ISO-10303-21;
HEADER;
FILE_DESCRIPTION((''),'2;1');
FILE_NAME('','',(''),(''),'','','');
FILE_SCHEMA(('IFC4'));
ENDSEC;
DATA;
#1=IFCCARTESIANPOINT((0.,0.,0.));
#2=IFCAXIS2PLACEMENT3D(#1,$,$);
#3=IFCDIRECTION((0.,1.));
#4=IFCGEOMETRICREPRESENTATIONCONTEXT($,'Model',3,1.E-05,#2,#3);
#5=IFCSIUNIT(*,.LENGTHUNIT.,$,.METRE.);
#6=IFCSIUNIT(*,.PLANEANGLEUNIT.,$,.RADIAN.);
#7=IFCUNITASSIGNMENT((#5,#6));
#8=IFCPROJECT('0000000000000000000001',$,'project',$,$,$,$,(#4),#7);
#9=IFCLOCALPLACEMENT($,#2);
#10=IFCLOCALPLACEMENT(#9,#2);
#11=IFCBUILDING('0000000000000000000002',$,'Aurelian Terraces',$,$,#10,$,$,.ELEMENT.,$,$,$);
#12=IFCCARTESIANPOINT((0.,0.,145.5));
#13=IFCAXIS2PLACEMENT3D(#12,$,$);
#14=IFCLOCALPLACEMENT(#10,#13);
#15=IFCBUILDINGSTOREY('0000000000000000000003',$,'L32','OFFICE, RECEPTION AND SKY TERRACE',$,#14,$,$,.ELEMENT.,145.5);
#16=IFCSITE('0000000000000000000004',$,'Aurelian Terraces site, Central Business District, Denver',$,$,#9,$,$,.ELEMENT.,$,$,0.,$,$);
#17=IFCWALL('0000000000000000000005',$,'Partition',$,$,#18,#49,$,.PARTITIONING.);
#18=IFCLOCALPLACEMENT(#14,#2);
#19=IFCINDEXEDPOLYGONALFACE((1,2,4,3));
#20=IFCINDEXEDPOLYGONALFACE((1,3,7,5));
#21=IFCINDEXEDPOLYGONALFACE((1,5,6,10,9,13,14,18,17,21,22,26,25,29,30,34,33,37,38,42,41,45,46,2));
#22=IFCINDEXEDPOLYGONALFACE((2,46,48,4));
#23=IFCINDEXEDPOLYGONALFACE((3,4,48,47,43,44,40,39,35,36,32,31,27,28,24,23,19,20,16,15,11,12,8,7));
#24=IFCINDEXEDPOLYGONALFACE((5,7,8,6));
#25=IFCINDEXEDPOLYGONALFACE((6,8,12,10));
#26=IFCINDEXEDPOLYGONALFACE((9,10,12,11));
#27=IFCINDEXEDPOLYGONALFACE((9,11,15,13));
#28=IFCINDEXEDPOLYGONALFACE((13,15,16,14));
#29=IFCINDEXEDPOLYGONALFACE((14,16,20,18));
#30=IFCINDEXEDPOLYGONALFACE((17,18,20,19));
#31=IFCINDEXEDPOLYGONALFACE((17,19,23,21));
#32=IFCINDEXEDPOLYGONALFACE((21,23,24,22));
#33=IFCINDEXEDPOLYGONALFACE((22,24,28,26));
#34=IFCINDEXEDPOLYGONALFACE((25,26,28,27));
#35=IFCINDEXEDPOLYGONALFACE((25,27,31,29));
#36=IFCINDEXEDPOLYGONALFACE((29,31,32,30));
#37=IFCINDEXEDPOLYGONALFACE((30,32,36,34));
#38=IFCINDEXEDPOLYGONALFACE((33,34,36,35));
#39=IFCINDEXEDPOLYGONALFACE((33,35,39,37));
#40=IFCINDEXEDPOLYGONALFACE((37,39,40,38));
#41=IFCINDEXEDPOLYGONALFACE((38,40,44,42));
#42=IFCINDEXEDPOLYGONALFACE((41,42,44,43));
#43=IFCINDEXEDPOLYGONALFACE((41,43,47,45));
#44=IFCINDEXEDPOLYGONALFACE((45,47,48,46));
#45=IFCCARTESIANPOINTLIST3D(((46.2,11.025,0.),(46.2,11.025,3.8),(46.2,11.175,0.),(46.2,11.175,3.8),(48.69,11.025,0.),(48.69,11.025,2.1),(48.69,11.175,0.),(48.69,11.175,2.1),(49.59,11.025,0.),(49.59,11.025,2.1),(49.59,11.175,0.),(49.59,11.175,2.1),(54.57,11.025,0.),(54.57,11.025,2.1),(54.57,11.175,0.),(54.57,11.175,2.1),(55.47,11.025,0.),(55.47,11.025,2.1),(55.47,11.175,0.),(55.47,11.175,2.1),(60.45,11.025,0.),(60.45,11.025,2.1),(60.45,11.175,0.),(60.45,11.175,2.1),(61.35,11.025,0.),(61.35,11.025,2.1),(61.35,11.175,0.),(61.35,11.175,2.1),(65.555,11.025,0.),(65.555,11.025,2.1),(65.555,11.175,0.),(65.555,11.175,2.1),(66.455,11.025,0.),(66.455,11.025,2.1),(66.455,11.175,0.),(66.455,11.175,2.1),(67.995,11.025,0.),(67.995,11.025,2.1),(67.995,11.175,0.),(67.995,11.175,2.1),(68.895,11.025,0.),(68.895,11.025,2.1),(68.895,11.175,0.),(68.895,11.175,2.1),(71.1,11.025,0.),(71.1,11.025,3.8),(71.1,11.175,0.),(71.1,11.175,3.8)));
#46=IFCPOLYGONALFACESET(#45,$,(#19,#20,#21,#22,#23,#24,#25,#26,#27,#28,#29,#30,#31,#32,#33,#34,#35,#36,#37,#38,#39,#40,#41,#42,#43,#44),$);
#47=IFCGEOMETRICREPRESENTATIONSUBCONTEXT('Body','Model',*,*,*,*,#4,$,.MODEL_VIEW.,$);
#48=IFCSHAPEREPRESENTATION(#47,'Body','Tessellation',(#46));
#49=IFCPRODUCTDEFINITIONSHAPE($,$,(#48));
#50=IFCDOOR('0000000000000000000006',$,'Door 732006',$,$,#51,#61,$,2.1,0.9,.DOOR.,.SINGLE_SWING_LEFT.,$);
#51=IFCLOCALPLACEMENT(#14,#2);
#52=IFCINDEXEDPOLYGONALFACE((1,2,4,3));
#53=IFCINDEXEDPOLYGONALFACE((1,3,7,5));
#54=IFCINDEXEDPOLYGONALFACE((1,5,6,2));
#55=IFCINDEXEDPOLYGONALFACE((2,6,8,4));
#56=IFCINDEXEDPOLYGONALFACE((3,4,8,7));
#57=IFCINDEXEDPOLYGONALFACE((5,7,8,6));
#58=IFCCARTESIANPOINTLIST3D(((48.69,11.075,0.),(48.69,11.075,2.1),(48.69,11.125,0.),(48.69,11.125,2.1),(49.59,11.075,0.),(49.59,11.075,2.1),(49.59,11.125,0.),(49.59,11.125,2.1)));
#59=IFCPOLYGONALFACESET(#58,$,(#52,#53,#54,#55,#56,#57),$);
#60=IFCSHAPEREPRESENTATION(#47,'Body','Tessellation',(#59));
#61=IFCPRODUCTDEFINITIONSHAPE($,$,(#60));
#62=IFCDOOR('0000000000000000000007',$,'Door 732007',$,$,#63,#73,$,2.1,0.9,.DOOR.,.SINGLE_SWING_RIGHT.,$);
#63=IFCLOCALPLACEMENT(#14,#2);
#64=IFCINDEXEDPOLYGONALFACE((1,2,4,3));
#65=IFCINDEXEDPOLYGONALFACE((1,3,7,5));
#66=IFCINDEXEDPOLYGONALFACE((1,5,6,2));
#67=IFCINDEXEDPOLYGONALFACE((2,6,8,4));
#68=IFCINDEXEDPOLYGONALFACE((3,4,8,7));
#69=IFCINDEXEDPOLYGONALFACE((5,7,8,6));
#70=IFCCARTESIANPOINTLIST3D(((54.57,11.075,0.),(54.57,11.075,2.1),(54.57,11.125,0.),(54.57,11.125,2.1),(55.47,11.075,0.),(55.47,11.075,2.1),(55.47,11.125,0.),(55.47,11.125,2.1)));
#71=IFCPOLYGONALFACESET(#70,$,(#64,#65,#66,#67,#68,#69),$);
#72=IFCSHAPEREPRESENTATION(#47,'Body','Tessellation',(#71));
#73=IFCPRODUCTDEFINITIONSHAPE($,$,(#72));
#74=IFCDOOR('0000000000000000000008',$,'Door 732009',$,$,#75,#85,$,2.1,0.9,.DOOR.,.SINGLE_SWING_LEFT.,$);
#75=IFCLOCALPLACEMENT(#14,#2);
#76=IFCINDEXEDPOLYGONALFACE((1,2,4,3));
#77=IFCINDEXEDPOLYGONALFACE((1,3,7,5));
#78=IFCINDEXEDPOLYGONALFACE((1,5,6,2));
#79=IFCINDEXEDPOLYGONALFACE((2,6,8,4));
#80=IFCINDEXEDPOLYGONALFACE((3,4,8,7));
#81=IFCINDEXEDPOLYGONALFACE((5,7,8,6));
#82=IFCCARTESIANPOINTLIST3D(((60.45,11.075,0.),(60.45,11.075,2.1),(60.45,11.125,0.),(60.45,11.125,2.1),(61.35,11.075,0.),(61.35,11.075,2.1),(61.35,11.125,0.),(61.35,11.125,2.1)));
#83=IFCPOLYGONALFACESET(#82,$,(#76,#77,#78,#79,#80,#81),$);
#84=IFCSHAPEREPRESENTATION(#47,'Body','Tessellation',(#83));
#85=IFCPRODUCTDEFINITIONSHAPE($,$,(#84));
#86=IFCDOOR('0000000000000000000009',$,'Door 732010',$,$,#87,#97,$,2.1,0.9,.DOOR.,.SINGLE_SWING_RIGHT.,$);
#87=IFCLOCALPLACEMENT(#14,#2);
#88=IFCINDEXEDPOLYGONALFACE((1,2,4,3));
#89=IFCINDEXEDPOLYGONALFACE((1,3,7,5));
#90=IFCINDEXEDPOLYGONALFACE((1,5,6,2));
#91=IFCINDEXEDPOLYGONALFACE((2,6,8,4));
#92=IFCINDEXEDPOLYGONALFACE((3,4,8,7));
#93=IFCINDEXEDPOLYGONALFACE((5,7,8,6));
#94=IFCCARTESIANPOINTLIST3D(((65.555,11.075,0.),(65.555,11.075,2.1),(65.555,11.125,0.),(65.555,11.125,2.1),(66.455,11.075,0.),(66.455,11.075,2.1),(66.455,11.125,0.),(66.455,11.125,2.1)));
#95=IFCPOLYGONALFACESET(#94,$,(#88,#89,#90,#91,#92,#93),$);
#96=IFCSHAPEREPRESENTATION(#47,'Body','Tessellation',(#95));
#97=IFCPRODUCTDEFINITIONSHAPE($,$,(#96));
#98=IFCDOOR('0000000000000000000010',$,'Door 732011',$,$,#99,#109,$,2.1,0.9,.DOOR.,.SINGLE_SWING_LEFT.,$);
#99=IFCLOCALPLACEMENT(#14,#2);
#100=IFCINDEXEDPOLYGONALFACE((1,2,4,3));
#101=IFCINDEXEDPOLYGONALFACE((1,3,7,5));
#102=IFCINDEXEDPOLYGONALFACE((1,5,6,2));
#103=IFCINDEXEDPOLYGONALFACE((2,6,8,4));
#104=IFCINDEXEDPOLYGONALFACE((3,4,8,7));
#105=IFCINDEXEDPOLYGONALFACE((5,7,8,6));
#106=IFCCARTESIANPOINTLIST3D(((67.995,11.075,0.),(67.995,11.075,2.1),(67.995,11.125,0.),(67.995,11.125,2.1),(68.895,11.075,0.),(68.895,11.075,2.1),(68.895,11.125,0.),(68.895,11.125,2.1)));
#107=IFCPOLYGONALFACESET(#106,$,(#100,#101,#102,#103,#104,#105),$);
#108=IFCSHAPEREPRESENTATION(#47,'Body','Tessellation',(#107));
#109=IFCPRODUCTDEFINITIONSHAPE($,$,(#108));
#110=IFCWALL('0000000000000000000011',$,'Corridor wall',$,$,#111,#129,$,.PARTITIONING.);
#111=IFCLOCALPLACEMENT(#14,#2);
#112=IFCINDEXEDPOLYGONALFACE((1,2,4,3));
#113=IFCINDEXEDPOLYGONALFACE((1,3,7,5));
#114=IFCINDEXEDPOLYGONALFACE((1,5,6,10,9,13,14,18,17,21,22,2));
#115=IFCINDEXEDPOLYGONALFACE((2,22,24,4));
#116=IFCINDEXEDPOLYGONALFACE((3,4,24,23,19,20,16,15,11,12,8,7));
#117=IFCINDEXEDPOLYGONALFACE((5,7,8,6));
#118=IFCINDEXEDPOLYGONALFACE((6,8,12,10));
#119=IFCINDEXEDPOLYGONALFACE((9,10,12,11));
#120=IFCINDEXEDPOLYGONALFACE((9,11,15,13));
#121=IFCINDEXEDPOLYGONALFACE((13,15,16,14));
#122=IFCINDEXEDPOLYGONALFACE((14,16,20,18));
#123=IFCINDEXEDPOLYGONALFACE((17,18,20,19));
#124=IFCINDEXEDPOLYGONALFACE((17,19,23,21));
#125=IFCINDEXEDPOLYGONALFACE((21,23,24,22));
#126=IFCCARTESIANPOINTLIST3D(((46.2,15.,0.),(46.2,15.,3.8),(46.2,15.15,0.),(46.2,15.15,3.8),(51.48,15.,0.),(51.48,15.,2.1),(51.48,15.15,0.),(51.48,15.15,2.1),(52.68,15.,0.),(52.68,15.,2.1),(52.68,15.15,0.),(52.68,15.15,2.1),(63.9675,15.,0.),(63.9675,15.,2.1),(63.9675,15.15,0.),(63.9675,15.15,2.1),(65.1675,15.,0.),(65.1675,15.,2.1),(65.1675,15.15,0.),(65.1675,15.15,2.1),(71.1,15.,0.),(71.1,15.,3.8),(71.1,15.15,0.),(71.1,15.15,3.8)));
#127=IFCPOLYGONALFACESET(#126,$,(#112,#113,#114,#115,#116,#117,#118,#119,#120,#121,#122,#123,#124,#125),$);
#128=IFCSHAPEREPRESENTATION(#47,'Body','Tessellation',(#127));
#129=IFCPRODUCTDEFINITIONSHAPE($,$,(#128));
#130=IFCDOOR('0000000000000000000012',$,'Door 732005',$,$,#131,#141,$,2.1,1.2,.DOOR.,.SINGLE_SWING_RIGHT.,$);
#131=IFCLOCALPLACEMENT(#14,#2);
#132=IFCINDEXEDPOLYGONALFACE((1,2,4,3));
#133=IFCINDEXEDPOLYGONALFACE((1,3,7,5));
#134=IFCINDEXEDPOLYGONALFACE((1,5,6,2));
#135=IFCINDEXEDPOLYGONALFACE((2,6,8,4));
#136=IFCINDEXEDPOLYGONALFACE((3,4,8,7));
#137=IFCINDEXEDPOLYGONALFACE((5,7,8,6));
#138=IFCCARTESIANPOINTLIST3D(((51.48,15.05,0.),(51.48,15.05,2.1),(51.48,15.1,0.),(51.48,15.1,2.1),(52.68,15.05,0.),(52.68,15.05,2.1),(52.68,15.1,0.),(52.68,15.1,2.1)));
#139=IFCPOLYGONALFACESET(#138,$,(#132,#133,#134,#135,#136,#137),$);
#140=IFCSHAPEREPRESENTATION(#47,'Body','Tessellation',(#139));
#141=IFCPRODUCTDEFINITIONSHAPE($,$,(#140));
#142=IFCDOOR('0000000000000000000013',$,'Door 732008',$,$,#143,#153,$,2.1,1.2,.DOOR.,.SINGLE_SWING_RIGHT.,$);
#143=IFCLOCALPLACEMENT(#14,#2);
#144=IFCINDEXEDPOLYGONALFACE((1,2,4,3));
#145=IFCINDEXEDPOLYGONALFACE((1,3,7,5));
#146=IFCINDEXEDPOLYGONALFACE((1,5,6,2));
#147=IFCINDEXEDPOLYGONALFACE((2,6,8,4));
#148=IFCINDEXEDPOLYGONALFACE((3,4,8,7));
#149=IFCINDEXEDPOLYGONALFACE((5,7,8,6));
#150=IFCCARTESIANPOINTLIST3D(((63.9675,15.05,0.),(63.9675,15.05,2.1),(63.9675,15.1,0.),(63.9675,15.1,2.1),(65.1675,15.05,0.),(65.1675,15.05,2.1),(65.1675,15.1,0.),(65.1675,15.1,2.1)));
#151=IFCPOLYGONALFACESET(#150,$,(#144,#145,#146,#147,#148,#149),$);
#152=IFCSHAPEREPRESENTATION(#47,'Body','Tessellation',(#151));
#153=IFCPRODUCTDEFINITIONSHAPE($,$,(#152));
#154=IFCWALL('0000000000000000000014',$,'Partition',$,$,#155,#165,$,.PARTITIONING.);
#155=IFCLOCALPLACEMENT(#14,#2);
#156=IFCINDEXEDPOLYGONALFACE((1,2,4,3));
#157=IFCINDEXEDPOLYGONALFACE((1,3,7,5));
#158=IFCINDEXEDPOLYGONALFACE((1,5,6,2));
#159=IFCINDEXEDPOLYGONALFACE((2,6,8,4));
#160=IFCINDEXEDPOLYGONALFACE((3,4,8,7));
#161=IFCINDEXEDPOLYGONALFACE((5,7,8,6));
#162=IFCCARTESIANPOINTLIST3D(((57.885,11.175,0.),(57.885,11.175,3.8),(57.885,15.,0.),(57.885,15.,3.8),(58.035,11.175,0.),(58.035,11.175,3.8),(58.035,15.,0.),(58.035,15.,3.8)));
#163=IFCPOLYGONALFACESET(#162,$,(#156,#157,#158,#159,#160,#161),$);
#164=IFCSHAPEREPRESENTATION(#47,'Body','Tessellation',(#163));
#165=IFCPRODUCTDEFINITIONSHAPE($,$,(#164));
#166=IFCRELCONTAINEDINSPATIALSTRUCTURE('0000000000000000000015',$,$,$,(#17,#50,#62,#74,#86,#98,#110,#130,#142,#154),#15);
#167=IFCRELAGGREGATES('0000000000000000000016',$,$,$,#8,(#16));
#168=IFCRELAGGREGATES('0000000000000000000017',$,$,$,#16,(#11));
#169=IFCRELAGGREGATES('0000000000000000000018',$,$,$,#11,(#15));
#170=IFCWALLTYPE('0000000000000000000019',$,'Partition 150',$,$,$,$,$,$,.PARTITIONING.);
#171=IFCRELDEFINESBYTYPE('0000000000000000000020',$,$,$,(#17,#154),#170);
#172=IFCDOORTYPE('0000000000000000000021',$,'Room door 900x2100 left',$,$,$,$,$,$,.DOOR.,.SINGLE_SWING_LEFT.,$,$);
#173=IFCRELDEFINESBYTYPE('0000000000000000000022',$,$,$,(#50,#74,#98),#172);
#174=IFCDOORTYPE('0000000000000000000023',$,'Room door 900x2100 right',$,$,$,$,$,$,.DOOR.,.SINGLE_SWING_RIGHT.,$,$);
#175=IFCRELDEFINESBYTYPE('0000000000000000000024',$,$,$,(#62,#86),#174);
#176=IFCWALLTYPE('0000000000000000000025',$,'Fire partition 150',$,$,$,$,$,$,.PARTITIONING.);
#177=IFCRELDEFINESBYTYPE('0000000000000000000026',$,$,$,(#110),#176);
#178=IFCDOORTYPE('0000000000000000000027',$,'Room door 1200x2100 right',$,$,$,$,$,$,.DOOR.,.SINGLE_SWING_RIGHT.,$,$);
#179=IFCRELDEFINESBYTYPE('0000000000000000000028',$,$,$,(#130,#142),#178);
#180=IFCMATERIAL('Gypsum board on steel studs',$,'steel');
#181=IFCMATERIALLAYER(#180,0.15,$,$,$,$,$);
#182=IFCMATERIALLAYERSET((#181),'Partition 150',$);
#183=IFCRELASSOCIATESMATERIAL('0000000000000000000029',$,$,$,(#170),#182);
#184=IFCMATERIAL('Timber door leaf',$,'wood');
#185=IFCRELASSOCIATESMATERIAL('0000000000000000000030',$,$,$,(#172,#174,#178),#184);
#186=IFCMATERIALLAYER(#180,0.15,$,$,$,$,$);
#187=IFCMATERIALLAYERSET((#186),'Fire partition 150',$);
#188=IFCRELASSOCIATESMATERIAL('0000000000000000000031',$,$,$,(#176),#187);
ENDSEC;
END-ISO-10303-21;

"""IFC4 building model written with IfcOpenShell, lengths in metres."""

from ifc_helpers import new_model, si_unit, direction, frame, frame_2d, origin, place, context, subcontext, project, spatial, rectangle, extrude, source, transform, mapped, material, layer, layer_set, type_object, element, fill, save


model = new_model("IFC4")

# Units and contexts
model_context = context("Model", 3, precision=1e-05, world=origin(), true_north=direction((0.0, 1.0)))
body_context = subcontext(model_context, "Body", "Model", "MODEL_VIEW")
ifc_project = project(units=[si_unit("LENGTHUNIT", "METRE"), si_unit("PLANEANGLEUNIT", "RADIAN")], contexts=[model_context])

# Site, building, storey
site_placement = place(None, origin())
site = spatial("IfcSite", under=ifc_project, at=site_placement, Name="Aurelian Terraces site, Central Business District, Denver", CompositionType="ELEMENT", RefElevation=0.0)
building_placement = place(site_placement, origin())
building = spatial("IfcBuilding", under=site, at=building_placement, Name="Aurelian Terraces", CompositionType="ELEMENT")
storey_placement = place(building_placement, frame((0.0, 0.0, 145.5)))
storey = spatial("IfcBuildingStorey", under=building, at=storey_placement, Name="L32", Description="OFFICE, RECEPTION AND SKY TERRACE", CompositionType="ELEMENT", Elevation=145.5)

# Walls, openings, doors
ifc_material_1 = material(Name="Gypsum board on steel studs", Category="steel")
ifc_layer_1 = layer(ifc_material_1, 0.15)
ifc_layer_set_1 = layer_set([ifc_layer_1], Name="Partition 150")
wall_type_1 = type_object("IfcWallType", Name="Partition 150", PredefinedType="PARTITIONING", material=ifc_layer_set_1)
shared_shape_1 = source(origin(), body_context, "Body", "SweptSolid", [
    extrude(rectangle(XDim=24.9, YDim=0.15, at=frame_2d((12.45, 0.0))), origin(), (0.0, 0.0, 1.0), 3.8),
])
wall_1_placement = place(storey_placement, frame((71.1, 11.1, 0.0), z_axis=(0.0, 0.0, 1.0), x_axis=(-1.0, 0.0, 0.0)))
wall_1 = element("IfcWall", 1, at=wall_1_placement, inside=storey, type_object=wall_type_1, Name="Partition", PredefinedType="PARTITIONING", context=body_context, shape_type="MappedRepresentation", body=[
    mapped(shared_shape_1, transform((0.0, 0.0, 0.0), scale=1.0)),
])
shared_shape_2 = source(origin(), body_context, "Body", "SweptSolid", [
    extrude(rectangle(XDim=0.9, YDim=2.1, at=frame_2d((0.45, 1.05))), frame((0.0, 0.085, 0.0), z_axis=(0.0, -1.0, 0.0), x_axis=(1.0, 0.0, 0.0)), (0.0, 0.0, 1.0), 0.17),
])
opening_1_placement = place(wall_1_placement, frame((21.51, 0.0, 0.0)))
opening_1 = element("IfcOpeningElement", 2, at=opening_1_placement, cuts=wall_1, PredefinedType="OPENING", context=body_context, shape_type="MappedRepresentation", body=[
    mapped(shared_shape_2, transform((0.0, 0.0, 0.0), scale=1.0)),
])
opening_2_placement = place(wall_1_placement, frame((15.63, 0.0, 0.0)))
opening_2 = element("IfcOpeningElement", 3, at=opening_2_placement, cuts=wall_1, PredefinedType="OPENING", context=body_context, shape_type="MappedRepresentation", body=[
    mapped(shared_shape_2, transform((0.0, 0.0, 0.0), scale=1.0)),
])
opening_3_placement = place(wall_1_placement, frame((9.75, 0.0, 0.0)))
opening_3 = element("IfcOpeningElement", 4, at=opening_3_placement, cuts=wall_1, PredefinedType="OPENING", context=body_context, shape_type="MappedRepresentation", body=[
    mapped(shared_shape_2, transform((0.0, 0.0, 0.0), scale=1.0)),
])
opening_4_placement = place(wall_1_placement, frame((4.645, 0.0, 0.0)))
opening_4 = element("IfcOpeningElement", 5, at=opening_4_placement, cuts=wall_1, PredefinedType="OPENING", context=body_context, shape_type="MappedRepresentation", body=[
    mapped(shared_shape_2, transform((0.0, 0.0, 0.0), scale=1.0)),
])
opening_5_placement = place(wall_1_placement, frame((2.205, 0.0, 0.0)))
opening_5 = element("IfcOpeningElement", 6, at=opening_5_placement, cuts=wall_1, PredefinedType="OPENING", context=body_context, shape_type="MappedRepresentation", body=[
    mapped(shared_shape_2, transform((0.0, 0.0, 0.0), scale=1.0)),
])
ifc_material_2 = material(Name="Timber door leaf", Category="wood")
door_type_1 = type_object("IfcDoorType", Name="Room door 900x2100 left", OperationType="SINGLE_SWING_LEFT", PredefinedType="DOOR", material=ifc_material_2)
shared_shape_3 = source(origin(), body_context, "Body", "SweptSolid", [
    extrude(rectangle(XDim=0.9, YDim=2.1, at=frame_2d((0.45, 1.05))), frame((0.0, 0.025, 0.0), z_axis=(0.0, -1.0, 0.0), x_axis=(1.0, 0.0, 0.0)), (0.0, 0.0, 1.0), 0.05),
])
door_1_placement = place(opening_1_placement, origin())
door_1 = element("IfcDoor", 7, at=door_1_placement, inside=storey, type_object=door_type_1, Name="Door 732006", OperationType="SINGLE_SWING_LEFT", OverallHeight=2.1, OverallWidth=0.9, PredefinedType="DOOR", context=body_context, shape_type="MappedRepresentation", body=[
    mapped(shared_shape_3, transform((0.0, 0.0, 0.0), scale=1.0)),
])
fill(opening_1, door_1)
door_type_2 = type_object("IfcDoorType", Name="Room door 900x2100 right", OperationType="SINGLE_SWING_RIGHT", PredefinedType="DOOR", material=ifc_material_2)
door_2_placement = place(opening_2_placement, origin())
door_2 = element("IfcDoor", 8, at=door_2_placement, inside=storey, type_object=door_type_2, Name="Door 732007", OperationType="SINGLE_SWING_RIGHT", OverallHeight=2.1, OverallWidth=0.9, PredefinedType="DOOR", context=body_context, shape_type="MappedRepresentation", body=[
    mapped(shared_shape_3, transform((0.0, 0.0, 0.0), scale=1.0)),
])
fill(opening_2, door_2)
door_3_placement = place(opening_3_placement, origin())
door_3 = element("IfcDoor", 9, at=door_3_placement, inside=storey, type_object=door_type_1, Name="Door 732009", OperationType="SINGLE_SWING_LEFT", OverallHeight=2.1, OverallWidth=0.9, PredefinedType="DOOR", context=body_context, shape_type="MappedRepresentation", body=[
    mapped(shared_shape_3, transform((0.0, 0.0, 0.0), scale=1.0)),
])
fill(opening_3, door_3)
door_4_placement = place(opening_4_placement, origin())
door_4 = element("IfcDoor", 10, at=door_4_placement, inside=storey, type_object=door_type_2, Name="Door 732010", OperationType="SINGLE_SWING_RIGHT", OverallHeight=2.1, OverallWidth=0.9, PredefinedType="DOOR", context=body_context, shape_type="MappedRepresentation", body=[
    mapped(shared_shape_3, transform((0.0, 0.0, 0.0), scale=1.0)),
])
fill(opening_4, door_4)
door_5_placement = place(opening_5_placement, origin())
door_5 = element("IfcDoor", 11, at=door_5_placement, inside=storey, type_object=door_type_1, Name="Door 732011", OperationType="SINGLE_SWING_LEFT", OverallHeight=2.1, OverallWidth=0.9, PredefinedType="DOOR", context=body_context, shape_type="MappedRepresentation", body=[
    mapped(shared_shape_3, transform((0.0, 0.0, 0.0), scale=1.0)),
])
fill(opening_5, door_5)
ifc_layer_2 = layer(ifc_material_1, 0.15)
ifc_layer_set_2 = layer_set([ifc_layer_2], Name="Fire partition 150")
wall_type_2 = type_object("IfcWallType", Name="Fire partition 150", PredefinedType="PARTITIONING", material=ifc_layer_set_2)
wall_2_placement = place(storey_placement, frame((71.1, 15.075, 0.0), z_axis=(0.0, 0.0, 1.0), x_axis=(-1.0, 0.0, 0.0)))
wall_2 = element("IfcWall", 12, at=wall_2_placement, inside=storey, type_object=wall_type_2, Name="Corridor wall", PredefinedType="PARTITIONING", context=body_context, shape_type="MappedRepresentation", body=[
    mapped(shared_shape_1, transform((0.0, 0.0, 0.0), scale=1.0)),
])
shared_shape_4 = source(origin(), body_context, "Body", "SweptSolid", [
    extrude(rectangle(XDim=1.2, YDim=2.1, at=frame_2d((0.6, 1.05))), frame((0.0, 0.085, 0.0), z_axis=(0.0, -1.0, 0.0), x_axis=(1.0, 0.0, 0.0)), (0.0, 0.0, 1.0), 0.17),
])
opening_6_placement = place(wall_2_placement, frame((18.42, 0.0, 0.0)))
opening_6 = element("IfcOpeningElement", 13, at=opening_6_placement, cuts=wall_2, PredefinedType="OPENING", context=body_context, shape_type="MappedRepresentation", body=[
    mapped(shared_shape_4, transform((0.0, 0.0, 0.0), scale=1.0)),
])
opening_7_placement = place(wall_2_placement, frame((5.9325, 0.0, 0.0)))
opening_7 = element("IfcOpeningElement", 14, at=opening_7_placement, cuts=wall_2, PredefinedType="OPENING", context=body_context, shape_type="MappedRepresentation", body=[
    mapped(shared_shape_4, transform((0.0, 0.0, 0.0), scale=1.0)),
])
door_type_3 = type_object("IfcDoorType", Name="Room door 1200x2100 right", OperationType="SINGLE_SWING_RIGHT", PredefinedType="DOOR", material=ifc_material_2)
shared_shape_5 = source(origin(), body_context, "Body", "SweptSolid", [
    extrude(rectangle(XDim=1.2, YDim=2.1, at=frame_2d((0.6, 1.05))), frame((0.0, 0.025, 0.0), z_axis=(0.0, -1.0, 0.0), x_axis=(1.0, 0.0, 0.0)), (0.0, 0.0, 1.0), 0.05),
])
door_6_placement = place(opening_6_placement, origin())
door_6 = element("IfcDoor", 15, at=door_6_placement, inside=storey, type_object=door_type_3, Name="Door 732005", OperationType="SINGLE_SWING_RIGHT", OverallHeight=2.1, OverallWidth=1.2, PredefinedType="DOOR", context=body_context, shape_type="MappedRepresentation", body=[
    mapped(shared_shape_5, transform((0.0, 0.0, 0.0), scale=1.0)),
])
fill(opening_6, door_6)
door_7_placement = place(opening_7_placement, origin())
door_7 = element("IfcDoor", 16, at=door_7_placement, inside=storey, type_object=door_type_3, Name="Door 732008", OperationType="SINGLE_SWING_RIGHT", OverallHeight=2.1, OverallWidth=1.2, PredefinedType="DOOR", context=body_context, shape_type="MappedRepresentation", body=[
    mapped(shared_shape_5, transform((0.0, 0.0, 0.0), scale=1.0)),
])
fill(opening_7, door_7)

# Wall
shared_shape_6 = source(origin(), body_context, "Body", "SweptSolid", [
    extrude(rectangle(XDim=3.825, YDim=0.15, at=frame_2d((1.9125, 0.0))), origin(), (0.0, 0.0, 1.0), 3.8),
])
wall_3_placement = place(storey_placement, frame((57.96, 11.175, 0.0), z_axis=(0.0, 0.0, 1.0), x_axis=(0.0, 1.0, 0.0)))
element("IfcWall", 17, at=wall_3_placement, inside=storey, type_object=wall_type_1, Name="Partition", PredefinedType="PARTITIONING", context=body_context, shape_type="MappedRepresentation", body=[
    mapped(shared_shape_6, transform((0.0, 0.0, 0.0), scale=1.0)),
])

save(model, "model.ifc")
